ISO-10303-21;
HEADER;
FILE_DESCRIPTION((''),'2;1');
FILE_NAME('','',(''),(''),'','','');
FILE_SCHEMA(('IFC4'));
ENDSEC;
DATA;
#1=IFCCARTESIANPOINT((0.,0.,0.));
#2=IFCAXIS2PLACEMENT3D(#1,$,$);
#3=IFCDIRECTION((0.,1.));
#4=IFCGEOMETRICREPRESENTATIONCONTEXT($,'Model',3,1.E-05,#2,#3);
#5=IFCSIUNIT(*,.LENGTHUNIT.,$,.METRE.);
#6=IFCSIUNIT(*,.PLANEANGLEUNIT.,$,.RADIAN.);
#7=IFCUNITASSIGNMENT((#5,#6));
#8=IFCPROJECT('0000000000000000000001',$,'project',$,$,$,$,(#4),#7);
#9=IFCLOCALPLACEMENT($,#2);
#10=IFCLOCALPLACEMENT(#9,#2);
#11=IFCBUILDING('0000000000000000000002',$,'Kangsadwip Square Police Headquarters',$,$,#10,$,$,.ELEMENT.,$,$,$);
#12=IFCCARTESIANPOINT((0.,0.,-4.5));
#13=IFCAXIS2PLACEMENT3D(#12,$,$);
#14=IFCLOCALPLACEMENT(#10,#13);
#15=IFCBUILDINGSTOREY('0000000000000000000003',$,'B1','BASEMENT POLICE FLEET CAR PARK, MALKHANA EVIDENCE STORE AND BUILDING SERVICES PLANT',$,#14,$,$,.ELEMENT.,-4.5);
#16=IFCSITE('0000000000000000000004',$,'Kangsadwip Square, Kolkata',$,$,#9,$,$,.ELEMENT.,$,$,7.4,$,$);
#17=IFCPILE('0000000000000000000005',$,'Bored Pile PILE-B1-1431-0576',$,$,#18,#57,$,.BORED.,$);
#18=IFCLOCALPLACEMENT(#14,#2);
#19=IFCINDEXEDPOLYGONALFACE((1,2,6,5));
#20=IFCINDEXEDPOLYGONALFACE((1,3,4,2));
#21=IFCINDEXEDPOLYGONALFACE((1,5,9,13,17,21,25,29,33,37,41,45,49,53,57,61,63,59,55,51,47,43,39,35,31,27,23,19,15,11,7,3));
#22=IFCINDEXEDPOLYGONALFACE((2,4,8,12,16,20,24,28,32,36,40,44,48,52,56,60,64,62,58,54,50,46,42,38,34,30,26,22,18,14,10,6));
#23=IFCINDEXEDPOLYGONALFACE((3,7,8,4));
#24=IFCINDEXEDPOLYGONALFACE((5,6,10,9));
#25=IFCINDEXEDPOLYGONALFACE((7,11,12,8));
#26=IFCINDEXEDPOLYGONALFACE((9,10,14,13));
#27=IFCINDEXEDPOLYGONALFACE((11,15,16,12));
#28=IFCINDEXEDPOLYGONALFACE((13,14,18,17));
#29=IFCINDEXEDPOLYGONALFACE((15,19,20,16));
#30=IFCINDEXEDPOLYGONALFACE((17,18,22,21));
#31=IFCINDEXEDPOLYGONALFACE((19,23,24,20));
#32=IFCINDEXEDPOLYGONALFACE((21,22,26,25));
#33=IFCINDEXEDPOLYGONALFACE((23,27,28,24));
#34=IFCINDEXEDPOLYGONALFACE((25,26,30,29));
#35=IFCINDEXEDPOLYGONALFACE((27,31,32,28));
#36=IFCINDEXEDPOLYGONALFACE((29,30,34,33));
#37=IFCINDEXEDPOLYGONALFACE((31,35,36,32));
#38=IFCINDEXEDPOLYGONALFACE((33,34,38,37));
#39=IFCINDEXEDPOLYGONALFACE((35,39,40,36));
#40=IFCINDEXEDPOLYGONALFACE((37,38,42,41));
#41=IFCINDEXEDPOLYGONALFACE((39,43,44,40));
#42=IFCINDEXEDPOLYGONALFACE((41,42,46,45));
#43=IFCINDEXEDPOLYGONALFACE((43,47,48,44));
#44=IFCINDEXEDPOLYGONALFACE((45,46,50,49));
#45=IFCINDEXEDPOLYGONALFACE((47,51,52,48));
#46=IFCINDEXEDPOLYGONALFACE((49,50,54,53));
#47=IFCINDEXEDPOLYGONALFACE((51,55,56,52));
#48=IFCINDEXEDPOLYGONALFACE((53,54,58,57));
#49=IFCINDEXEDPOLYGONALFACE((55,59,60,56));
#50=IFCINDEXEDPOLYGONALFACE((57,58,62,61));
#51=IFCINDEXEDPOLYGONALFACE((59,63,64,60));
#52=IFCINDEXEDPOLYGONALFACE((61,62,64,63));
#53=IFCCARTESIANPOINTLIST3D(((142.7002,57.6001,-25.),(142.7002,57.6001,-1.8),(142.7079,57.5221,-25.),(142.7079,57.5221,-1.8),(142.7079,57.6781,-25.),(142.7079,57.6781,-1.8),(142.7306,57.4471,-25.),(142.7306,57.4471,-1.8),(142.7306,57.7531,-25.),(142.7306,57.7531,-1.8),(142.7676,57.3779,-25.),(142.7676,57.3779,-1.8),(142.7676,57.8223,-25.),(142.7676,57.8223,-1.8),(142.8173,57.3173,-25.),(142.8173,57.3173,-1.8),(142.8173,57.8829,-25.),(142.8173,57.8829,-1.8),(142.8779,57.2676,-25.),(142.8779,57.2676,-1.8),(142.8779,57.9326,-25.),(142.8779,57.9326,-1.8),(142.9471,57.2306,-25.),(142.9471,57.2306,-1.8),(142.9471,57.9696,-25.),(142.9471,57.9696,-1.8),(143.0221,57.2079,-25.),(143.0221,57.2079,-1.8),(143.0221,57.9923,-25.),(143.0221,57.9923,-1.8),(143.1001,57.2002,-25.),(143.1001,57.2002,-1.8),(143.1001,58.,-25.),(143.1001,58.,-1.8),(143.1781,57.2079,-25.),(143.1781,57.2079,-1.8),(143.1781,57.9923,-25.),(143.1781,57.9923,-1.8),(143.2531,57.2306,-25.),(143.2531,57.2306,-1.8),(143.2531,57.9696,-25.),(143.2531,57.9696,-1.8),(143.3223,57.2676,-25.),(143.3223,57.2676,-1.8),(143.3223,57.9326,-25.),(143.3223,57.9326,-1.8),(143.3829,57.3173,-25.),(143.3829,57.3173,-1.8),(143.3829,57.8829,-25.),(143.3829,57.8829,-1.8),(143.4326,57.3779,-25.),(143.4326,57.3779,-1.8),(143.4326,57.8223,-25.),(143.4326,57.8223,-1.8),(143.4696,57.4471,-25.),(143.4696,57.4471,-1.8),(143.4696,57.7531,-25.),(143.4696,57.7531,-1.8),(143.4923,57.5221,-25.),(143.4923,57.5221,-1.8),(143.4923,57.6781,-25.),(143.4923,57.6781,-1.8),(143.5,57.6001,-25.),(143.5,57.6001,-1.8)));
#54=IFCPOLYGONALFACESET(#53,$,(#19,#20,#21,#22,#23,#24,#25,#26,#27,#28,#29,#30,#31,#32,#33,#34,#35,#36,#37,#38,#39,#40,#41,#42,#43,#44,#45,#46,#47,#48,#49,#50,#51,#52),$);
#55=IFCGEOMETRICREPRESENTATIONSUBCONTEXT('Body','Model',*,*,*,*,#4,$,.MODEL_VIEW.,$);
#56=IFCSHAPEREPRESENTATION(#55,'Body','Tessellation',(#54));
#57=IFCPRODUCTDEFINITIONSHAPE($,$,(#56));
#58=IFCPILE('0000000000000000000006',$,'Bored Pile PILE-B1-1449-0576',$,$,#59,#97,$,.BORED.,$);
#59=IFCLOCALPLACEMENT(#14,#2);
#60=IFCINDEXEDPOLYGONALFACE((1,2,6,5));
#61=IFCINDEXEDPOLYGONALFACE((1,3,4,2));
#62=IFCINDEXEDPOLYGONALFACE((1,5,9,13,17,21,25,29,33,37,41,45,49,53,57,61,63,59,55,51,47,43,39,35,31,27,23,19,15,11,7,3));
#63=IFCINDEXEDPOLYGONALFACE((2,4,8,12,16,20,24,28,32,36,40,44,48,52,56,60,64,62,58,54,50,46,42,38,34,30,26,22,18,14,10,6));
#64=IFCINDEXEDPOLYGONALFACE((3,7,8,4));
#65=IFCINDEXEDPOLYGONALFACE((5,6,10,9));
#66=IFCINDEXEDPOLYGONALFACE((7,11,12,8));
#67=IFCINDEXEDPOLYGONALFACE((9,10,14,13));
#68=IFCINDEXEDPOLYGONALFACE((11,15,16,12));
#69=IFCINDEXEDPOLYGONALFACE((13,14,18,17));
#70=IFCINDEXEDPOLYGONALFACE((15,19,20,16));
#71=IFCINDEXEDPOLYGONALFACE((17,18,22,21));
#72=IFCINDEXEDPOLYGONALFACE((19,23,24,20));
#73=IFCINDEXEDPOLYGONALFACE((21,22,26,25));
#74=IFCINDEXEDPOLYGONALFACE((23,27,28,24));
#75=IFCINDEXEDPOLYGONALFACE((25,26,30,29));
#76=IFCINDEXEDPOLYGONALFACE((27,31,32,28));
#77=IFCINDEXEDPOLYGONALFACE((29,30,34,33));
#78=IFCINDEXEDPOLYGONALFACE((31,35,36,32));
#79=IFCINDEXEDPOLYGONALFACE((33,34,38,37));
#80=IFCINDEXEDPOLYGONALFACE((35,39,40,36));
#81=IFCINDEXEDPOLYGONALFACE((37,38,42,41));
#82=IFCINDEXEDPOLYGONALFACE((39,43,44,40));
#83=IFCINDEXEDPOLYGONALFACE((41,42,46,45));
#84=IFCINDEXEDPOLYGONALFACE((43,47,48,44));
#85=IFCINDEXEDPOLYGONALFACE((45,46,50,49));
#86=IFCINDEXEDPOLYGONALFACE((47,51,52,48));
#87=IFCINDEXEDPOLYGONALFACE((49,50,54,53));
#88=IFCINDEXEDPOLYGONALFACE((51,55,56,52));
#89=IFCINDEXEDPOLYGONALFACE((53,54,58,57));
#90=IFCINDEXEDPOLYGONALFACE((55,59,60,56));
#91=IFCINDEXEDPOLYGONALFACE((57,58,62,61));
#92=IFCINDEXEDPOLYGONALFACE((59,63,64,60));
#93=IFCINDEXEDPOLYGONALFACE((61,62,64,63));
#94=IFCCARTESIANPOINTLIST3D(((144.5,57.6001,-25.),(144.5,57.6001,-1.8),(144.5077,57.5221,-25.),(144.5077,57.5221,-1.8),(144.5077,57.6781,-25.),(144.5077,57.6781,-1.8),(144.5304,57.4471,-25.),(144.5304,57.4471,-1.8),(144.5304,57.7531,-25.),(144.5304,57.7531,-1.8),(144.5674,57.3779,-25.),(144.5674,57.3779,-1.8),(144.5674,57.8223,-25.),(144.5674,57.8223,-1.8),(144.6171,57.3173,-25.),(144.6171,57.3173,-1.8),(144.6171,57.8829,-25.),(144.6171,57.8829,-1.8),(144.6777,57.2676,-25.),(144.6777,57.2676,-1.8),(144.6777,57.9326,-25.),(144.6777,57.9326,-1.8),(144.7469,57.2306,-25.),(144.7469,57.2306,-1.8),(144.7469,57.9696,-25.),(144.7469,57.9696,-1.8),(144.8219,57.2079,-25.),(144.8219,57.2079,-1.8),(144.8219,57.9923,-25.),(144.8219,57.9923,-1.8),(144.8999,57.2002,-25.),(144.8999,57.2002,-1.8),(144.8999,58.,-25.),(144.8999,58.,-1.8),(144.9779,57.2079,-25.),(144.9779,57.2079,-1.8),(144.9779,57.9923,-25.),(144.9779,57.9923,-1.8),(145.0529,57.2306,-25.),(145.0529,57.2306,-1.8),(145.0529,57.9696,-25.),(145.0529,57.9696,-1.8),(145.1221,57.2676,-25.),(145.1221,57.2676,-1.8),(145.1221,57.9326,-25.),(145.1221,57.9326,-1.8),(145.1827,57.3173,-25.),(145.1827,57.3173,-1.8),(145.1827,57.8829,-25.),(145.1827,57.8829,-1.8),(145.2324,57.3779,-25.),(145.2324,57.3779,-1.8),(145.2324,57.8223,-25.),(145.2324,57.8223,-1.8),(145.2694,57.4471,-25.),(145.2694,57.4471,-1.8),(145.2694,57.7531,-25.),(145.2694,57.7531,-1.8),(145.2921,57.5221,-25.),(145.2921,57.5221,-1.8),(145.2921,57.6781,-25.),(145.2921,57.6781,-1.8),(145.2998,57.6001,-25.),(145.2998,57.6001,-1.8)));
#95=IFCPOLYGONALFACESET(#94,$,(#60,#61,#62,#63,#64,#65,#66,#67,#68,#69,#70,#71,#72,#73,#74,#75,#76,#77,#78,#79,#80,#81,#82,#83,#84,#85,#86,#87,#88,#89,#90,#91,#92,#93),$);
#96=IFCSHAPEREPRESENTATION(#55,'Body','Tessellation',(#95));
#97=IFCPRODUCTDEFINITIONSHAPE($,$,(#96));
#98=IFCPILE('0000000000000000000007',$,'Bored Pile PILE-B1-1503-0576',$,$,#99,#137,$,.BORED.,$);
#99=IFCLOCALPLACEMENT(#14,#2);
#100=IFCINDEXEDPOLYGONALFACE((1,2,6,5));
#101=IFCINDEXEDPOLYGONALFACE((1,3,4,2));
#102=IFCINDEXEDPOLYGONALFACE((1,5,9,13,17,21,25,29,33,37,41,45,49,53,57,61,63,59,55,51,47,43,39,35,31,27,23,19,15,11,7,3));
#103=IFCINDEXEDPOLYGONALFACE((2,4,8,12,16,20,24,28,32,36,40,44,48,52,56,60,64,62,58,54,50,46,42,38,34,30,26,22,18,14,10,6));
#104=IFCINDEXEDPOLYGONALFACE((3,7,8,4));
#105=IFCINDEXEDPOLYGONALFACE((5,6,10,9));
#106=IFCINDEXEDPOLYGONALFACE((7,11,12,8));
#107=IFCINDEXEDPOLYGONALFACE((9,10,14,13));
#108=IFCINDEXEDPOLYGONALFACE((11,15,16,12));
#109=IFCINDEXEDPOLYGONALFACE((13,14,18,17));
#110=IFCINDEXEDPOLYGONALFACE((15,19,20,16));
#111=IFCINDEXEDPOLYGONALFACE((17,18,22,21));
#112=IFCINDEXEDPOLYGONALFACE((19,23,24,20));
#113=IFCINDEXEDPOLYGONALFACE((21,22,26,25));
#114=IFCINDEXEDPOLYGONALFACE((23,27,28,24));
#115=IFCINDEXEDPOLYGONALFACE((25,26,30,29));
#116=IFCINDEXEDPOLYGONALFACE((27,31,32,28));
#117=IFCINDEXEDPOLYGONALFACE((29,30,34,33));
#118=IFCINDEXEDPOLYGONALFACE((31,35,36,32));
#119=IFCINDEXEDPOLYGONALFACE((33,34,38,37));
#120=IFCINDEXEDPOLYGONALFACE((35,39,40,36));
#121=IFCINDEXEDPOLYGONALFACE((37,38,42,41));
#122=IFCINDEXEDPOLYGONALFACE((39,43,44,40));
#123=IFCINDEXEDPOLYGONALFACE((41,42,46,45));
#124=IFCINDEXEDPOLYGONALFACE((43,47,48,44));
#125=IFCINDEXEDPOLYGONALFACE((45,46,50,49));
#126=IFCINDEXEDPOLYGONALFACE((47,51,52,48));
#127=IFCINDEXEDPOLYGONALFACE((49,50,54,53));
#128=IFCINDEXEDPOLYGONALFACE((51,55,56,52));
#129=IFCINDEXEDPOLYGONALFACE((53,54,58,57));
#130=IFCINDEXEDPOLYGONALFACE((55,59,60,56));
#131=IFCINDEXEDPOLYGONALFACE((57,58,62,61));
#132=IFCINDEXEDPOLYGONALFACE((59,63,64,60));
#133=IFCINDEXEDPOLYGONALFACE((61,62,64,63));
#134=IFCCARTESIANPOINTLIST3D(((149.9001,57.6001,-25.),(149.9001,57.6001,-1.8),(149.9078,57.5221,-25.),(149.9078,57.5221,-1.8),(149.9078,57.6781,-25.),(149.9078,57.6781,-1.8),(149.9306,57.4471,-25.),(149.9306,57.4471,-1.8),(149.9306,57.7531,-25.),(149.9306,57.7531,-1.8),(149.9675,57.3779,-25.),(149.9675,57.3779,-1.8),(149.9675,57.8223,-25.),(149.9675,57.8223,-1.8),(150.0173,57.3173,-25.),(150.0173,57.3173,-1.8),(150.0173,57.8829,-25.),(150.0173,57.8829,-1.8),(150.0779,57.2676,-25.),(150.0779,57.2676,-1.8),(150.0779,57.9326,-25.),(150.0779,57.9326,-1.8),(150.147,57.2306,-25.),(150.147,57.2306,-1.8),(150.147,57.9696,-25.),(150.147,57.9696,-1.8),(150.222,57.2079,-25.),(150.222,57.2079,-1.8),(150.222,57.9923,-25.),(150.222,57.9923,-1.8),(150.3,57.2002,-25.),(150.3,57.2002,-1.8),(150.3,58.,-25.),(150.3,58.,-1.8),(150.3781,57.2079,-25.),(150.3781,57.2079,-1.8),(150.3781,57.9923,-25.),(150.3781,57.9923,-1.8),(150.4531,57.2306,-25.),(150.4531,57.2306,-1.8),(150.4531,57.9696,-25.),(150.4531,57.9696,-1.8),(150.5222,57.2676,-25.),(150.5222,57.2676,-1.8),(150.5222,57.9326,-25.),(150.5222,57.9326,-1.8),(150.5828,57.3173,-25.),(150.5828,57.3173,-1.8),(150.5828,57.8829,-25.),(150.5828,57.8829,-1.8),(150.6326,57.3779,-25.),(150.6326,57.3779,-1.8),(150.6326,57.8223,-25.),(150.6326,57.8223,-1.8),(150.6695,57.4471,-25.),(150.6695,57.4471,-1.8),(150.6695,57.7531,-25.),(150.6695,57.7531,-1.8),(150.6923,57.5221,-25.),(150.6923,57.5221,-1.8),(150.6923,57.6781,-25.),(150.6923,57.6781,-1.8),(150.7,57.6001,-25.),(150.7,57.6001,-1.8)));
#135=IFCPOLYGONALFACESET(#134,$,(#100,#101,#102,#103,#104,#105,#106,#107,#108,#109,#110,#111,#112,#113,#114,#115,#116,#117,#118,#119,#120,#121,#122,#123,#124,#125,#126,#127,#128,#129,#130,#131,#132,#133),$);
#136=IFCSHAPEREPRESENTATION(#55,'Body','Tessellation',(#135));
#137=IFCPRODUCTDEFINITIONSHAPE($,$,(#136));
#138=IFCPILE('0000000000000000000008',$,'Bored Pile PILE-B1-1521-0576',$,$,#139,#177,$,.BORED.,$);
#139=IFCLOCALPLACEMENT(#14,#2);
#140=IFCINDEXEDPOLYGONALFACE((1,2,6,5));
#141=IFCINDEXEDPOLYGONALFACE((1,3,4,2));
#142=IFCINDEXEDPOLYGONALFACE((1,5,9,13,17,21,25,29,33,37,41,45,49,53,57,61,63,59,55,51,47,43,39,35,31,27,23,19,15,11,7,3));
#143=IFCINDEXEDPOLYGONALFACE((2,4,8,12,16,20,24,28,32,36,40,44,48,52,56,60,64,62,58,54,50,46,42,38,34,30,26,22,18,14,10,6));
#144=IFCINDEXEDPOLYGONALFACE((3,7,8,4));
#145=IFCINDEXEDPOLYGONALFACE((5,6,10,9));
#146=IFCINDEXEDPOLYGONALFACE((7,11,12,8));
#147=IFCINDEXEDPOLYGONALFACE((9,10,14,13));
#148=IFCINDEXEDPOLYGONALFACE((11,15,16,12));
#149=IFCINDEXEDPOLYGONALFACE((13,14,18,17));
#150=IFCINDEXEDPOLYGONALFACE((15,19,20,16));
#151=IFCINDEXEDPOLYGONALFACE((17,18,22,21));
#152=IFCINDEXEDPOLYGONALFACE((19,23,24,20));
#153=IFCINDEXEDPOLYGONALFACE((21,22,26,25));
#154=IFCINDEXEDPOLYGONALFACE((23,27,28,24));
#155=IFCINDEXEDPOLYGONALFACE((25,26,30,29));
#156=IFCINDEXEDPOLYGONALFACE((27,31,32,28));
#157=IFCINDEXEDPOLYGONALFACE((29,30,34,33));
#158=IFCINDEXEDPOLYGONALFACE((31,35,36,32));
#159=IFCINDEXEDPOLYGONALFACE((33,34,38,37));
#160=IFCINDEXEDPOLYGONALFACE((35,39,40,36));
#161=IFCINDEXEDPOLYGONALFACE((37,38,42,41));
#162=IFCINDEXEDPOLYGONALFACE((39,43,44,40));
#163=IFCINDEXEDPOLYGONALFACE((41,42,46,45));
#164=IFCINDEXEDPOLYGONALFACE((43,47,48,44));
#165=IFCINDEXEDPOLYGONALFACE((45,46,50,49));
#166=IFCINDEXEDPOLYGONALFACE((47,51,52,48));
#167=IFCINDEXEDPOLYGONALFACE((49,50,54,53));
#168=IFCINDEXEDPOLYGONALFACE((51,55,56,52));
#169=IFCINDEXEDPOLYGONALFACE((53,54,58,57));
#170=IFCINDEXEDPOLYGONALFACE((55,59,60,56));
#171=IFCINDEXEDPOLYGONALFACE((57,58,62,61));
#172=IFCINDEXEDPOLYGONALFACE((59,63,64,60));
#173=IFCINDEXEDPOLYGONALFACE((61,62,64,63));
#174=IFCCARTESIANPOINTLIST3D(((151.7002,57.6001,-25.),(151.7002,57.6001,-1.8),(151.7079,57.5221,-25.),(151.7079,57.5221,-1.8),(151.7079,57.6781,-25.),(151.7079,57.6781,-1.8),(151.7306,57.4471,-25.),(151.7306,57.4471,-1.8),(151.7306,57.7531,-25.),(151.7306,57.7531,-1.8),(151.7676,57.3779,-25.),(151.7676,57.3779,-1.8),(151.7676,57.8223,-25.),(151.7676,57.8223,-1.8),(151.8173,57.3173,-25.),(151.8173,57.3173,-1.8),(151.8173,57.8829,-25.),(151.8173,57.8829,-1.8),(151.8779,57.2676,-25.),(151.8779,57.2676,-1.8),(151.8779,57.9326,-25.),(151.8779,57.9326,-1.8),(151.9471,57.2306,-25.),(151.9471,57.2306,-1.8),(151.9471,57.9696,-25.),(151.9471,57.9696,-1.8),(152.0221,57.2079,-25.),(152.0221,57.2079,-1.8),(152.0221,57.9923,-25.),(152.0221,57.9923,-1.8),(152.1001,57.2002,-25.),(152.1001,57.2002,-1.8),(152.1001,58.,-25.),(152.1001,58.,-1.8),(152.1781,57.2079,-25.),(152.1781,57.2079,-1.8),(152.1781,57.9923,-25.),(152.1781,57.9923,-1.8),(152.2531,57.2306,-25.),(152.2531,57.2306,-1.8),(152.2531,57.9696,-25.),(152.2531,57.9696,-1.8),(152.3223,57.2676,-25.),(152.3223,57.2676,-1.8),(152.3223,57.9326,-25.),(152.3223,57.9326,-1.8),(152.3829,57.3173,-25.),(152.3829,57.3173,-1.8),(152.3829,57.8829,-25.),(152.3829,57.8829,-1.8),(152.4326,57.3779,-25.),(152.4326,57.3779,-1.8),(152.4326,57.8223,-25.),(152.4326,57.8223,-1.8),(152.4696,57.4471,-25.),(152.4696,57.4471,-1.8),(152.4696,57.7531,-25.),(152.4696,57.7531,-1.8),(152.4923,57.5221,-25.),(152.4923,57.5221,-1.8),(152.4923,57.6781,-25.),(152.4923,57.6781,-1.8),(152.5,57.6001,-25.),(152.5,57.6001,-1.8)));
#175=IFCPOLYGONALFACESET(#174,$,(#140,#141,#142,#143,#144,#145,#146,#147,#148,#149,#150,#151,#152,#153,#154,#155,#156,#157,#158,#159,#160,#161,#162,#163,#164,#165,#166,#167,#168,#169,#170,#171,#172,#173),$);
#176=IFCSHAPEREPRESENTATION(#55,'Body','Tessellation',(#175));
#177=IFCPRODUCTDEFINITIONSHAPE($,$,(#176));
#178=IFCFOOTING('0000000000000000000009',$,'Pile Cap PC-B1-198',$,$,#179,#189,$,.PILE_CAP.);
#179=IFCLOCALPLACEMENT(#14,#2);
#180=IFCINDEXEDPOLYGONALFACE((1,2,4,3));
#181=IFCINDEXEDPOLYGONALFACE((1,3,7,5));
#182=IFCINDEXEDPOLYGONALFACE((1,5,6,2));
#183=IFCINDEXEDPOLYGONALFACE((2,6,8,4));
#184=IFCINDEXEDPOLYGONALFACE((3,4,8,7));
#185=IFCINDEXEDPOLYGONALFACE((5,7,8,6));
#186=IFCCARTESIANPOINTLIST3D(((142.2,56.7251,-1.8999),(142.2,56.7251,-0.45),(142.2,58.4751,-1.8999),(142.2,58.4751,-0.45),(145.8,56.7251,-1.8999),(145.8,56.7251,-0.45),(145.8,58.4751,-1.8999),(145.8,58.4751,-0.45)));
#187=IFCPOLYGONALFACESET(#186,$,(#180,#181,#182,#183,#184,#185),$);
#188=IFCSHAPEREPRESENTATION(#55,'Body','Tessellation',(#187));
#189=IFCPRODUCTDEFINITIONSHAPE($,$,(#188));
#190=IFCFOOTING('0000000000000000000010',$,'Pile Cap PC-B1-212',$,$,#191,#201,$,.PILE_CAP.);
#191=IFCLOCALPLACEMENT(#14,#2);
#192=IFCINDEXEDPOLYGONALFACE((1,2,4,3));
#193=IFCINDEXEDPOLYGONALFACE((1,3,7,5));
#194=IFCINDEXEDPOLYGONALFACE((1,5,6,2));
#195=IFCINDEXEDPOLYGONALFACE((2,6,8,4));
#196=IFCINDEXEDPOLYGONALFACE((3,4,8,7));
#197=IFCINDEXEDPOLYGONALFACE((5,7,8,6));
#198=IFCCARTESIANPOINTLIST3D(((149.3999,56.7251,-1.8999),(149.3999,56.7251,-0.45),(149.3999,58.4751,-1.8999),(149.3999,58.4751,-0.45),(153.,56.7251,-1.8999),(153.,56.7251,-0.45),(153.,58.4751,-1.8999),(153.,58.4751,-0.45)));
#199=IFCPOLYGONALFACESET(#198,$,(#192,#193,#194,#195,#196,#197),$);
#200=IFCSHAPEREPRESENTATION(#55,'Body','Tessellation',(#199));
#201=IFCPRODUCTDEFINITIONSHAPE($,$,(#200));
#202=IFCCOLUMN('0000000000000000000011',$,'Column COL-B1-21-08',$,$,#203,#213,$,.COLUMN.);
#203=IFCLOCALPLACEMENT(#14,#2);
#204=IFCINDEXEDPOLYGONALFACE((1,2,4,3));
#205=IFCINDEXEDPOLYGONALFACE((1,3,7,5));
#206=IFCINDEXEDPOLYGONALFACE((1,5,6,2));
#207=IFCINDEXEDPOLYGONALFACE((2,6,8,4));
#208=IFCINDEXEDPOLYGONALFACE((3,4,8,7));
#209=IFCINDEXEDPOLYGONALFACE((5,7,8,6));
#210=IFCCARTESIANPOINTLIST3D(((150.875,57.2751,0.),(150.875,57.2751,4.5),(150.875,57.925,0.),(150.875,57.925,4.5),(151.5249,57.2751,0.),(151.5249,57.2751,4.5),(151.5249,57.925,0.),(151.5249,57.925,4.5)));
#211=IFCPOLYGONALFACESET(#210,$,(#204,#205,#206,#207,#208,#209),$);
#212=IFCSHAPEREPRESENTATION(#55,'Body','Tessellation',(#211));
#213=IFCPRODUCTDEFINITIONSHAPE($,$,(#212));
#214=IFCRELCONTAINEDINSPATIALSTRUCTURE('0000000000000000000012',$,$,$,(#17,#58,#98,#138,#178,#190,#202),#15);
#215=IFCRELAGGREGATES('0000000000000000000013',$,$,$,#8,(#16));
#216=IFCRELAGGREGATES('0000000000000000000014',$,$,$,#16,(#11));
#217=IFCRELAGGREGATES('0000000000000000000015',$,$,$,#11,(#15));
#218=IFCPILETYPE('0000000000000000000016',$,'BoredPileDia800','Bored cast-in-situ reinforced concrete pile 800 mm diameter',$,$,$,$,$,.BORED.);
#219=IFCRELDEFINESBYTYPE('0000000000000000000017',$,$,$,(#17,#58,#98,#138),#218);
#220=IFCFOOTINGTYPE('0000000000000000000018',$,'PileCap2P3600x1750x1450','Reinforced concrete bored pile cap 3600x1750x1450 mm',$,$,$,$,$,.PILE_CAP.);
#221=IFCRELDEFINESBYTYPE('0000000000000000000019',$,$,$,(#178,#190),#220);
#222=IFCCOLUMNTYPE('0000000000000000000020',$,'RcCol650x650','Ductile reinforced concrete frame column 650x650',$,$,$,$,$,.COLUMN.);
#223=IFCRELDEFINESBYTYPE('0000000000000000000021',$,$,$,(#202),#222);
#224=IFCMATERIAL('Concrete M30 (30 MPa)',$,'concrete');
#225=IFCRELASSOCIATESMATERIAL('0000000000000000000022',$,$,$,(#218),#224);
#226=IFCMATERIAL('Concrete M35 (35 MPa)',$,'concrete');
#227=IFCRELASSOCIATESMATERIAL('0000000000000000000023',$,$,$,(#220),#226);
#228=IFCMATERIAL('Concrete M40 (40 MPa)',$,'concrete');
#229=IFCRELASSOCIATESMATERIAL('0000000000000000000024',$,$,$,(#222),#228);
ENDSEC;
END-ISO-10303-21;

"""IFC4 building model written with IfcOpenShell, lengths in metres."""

from ifc_helpers import new_model, si_unit, direction, frame, origin, origin_2d, place, context, subcontext, project, spatial, rectangle, circle, extrude, material, material_profile, profile_set, type_object, element, save


model = new_model("IFC4")

# Units and contexts
model_context = context("Model", 3, precision=1e-05, world=origin(), true_north=direction((0.0, 1.0)))
body_context = subcontext(model_context, "Body", "Model", "MODEL_VIEW")
ifc_project = project(units=[si_unit("LENGTHUNIT", "METRE"), si_unit("PLANEANGLEUNIT", "RADIAN")], contexts=[model_context])

# Site, building, storey
site_placement = place(None, origin())
site = spatial("IfcSite", under=ifc_project, at=site_placement, Name="Kangsadwip Square, Kolkata", CompositionType="ELEMENT", RefElevation=7.4)
building_placement = place(site_placement, origin())
building = spatial("IfcBuilding", under=site, at=building_placement, Name="Kangsadwip Square Police Headquarters", CompositionType="ELEMENT")
storey_placement = place(building_placement, frame((0.0, 0.0, -4.5)))
storey = spatial("IfcBuildingStorey", under=building, at=storey_placement, Name="B1", Description="BASEMENT POLICE FLEET CAR PARK, MALKHANA EVIDENCE STORE AND BUILDING SERVICES PLANT", CompositionType="ELEMENT", Elevation=-4.5)

# Piles
ifc_material_1 = material(Name="Concrete M30 (30 MPa)", Category="concrete")
ifc_material_profile_1 = material_profile(ifc_material_1, circle(Radius=0.3999, at=origin_2d()), Name="PILE DIA 800")
ifc_profile_set_1 = profile_set([ifc_material_profile_1], Name="Concrete M30 (30 MPa)")
pile_type = type_object("IfcPileType", Name="BoredPileDia800", Description="Bored cast-in-situ reinforced concrete pile 800 mm diameter", PredefinedType="BORED", material=ifc_profile_set_1)
for number, where, z_axis, x_axis, name in (
    (1, (143.1001, 57.6001, -1.8), (0.0, 0.0, -1.0), (1.0, 0.0, 0.0), "Bored Pile PILE-B1-1431-0576"),
    (2, (144.8999, 57.6001, -1.8), (0.0, 0.0, -1.0), (1.0, 0.0, 0.0), "Bored Pile PILE-B1-1449-0576"),
    (3, (150.3, 57.6001, -1.8), (0.0, 0.0, -1.0), (1.0, 0.0, 0.0), "Bored Pile PILE-B1-1503-0576"),
    (4, (152.1001, 57.6001, -1.8), (0.0, 0.0, -1.0), (1.0, 0.0, 0.0), "Bored Pile PILE-B1-1521-0576"),
):
    element("IfcPile", number, at=place(storey_placement, frame(where, z_axis=z_axis, x_axis=x_axis)), inside=storey, type_object=pile_type, Name=name, PredefinedType="BORED", context=body_context, shape_type="SweptSolid", body=[
        extrude(circle(Radius=0.3999, at=origin_2d()), origin(), (0.0, 0.0, 1.0), 23.2),
    ])

# Footings
ifc_material_2 = material(Name="Concrete M35 (35 MPa)", Category="concrete")
footing_type = type_object("IfcFootingType", Name="PileCap2P3600x1750x1450", Description="Reinforced concrete bored pile cap 3600x1750x1450 mm", PredefinedType="PILE_CAP", material=ifc_material_2)
for number, where, z_axis, x_axis, name in (
    (5, (144.0, 57.6001, -1.8999), (0.0, 0.0, 1.0), (1.0, 0.0, 0.0), "Pile Cap PC-B1-198"),
    (6, (151.2, 57.6001, -1.8999), (0.0, 0.0, 1.0), (1.0, 0.0, 0.0), "Pile Cap PC-B1-212"),
):
    element("IfcFooting", number, at=place(storey_placement, frame(where, z_axis=z_axis, x_axis=x_axis)), inside=storey, type_object=footing_type, Name=name, PredefinedType="PILE_CAP", context=body_context, shape_type="SweptSolid", body=[
        extrude(rectangle(XDim=3.6001, YDim=1.75, at=origin_2d()), origin(), (0.0, 0.0, 1.0), 1.45),
    ])

# Column
ifc_material_3 = material(Name="Concrete M40 (40 MPa)", Category="concrete")
ifc_material_profile_2 = material_profile(ifc_material_3, rectangle(XDim=0.6499, YDim=0.6499, at=origin_2d()), Name="RC COL 650X650")
ifc_profile_set_2 = profile_set([ifc_material_profile_2], Name="Concrete M40 (40 MPa)")
column_type_1 = type_object("IfcColumnType", Name="RcCol650x650", Description="Ductile reinforced concrete frame column 650x650", PredefinedType="COLUMN", material=ifc_profile_set_2)
column_1_placement = place(storey_placement, frame((151.2, 57.6001, 0.0), z_axis=(0.0, 0.0, 1.0), x_axis=(1.0, 0.0, 0.0)))
element("IfcColumn", 7, at=column_1_placement, inside=storey, type_object=column_type_1, Name="Column COL-B1-21-08", PredefinedType="COLUMN", context=body_context, shape_type="SweptSolid", body=[
    extrude(rectangle(XDim=0.6499, YDim=0.6499, at=origin_2d()), origin(), (0.0, 0.0, 1.0), 4.5),
])

save(model, "model.ifc")
